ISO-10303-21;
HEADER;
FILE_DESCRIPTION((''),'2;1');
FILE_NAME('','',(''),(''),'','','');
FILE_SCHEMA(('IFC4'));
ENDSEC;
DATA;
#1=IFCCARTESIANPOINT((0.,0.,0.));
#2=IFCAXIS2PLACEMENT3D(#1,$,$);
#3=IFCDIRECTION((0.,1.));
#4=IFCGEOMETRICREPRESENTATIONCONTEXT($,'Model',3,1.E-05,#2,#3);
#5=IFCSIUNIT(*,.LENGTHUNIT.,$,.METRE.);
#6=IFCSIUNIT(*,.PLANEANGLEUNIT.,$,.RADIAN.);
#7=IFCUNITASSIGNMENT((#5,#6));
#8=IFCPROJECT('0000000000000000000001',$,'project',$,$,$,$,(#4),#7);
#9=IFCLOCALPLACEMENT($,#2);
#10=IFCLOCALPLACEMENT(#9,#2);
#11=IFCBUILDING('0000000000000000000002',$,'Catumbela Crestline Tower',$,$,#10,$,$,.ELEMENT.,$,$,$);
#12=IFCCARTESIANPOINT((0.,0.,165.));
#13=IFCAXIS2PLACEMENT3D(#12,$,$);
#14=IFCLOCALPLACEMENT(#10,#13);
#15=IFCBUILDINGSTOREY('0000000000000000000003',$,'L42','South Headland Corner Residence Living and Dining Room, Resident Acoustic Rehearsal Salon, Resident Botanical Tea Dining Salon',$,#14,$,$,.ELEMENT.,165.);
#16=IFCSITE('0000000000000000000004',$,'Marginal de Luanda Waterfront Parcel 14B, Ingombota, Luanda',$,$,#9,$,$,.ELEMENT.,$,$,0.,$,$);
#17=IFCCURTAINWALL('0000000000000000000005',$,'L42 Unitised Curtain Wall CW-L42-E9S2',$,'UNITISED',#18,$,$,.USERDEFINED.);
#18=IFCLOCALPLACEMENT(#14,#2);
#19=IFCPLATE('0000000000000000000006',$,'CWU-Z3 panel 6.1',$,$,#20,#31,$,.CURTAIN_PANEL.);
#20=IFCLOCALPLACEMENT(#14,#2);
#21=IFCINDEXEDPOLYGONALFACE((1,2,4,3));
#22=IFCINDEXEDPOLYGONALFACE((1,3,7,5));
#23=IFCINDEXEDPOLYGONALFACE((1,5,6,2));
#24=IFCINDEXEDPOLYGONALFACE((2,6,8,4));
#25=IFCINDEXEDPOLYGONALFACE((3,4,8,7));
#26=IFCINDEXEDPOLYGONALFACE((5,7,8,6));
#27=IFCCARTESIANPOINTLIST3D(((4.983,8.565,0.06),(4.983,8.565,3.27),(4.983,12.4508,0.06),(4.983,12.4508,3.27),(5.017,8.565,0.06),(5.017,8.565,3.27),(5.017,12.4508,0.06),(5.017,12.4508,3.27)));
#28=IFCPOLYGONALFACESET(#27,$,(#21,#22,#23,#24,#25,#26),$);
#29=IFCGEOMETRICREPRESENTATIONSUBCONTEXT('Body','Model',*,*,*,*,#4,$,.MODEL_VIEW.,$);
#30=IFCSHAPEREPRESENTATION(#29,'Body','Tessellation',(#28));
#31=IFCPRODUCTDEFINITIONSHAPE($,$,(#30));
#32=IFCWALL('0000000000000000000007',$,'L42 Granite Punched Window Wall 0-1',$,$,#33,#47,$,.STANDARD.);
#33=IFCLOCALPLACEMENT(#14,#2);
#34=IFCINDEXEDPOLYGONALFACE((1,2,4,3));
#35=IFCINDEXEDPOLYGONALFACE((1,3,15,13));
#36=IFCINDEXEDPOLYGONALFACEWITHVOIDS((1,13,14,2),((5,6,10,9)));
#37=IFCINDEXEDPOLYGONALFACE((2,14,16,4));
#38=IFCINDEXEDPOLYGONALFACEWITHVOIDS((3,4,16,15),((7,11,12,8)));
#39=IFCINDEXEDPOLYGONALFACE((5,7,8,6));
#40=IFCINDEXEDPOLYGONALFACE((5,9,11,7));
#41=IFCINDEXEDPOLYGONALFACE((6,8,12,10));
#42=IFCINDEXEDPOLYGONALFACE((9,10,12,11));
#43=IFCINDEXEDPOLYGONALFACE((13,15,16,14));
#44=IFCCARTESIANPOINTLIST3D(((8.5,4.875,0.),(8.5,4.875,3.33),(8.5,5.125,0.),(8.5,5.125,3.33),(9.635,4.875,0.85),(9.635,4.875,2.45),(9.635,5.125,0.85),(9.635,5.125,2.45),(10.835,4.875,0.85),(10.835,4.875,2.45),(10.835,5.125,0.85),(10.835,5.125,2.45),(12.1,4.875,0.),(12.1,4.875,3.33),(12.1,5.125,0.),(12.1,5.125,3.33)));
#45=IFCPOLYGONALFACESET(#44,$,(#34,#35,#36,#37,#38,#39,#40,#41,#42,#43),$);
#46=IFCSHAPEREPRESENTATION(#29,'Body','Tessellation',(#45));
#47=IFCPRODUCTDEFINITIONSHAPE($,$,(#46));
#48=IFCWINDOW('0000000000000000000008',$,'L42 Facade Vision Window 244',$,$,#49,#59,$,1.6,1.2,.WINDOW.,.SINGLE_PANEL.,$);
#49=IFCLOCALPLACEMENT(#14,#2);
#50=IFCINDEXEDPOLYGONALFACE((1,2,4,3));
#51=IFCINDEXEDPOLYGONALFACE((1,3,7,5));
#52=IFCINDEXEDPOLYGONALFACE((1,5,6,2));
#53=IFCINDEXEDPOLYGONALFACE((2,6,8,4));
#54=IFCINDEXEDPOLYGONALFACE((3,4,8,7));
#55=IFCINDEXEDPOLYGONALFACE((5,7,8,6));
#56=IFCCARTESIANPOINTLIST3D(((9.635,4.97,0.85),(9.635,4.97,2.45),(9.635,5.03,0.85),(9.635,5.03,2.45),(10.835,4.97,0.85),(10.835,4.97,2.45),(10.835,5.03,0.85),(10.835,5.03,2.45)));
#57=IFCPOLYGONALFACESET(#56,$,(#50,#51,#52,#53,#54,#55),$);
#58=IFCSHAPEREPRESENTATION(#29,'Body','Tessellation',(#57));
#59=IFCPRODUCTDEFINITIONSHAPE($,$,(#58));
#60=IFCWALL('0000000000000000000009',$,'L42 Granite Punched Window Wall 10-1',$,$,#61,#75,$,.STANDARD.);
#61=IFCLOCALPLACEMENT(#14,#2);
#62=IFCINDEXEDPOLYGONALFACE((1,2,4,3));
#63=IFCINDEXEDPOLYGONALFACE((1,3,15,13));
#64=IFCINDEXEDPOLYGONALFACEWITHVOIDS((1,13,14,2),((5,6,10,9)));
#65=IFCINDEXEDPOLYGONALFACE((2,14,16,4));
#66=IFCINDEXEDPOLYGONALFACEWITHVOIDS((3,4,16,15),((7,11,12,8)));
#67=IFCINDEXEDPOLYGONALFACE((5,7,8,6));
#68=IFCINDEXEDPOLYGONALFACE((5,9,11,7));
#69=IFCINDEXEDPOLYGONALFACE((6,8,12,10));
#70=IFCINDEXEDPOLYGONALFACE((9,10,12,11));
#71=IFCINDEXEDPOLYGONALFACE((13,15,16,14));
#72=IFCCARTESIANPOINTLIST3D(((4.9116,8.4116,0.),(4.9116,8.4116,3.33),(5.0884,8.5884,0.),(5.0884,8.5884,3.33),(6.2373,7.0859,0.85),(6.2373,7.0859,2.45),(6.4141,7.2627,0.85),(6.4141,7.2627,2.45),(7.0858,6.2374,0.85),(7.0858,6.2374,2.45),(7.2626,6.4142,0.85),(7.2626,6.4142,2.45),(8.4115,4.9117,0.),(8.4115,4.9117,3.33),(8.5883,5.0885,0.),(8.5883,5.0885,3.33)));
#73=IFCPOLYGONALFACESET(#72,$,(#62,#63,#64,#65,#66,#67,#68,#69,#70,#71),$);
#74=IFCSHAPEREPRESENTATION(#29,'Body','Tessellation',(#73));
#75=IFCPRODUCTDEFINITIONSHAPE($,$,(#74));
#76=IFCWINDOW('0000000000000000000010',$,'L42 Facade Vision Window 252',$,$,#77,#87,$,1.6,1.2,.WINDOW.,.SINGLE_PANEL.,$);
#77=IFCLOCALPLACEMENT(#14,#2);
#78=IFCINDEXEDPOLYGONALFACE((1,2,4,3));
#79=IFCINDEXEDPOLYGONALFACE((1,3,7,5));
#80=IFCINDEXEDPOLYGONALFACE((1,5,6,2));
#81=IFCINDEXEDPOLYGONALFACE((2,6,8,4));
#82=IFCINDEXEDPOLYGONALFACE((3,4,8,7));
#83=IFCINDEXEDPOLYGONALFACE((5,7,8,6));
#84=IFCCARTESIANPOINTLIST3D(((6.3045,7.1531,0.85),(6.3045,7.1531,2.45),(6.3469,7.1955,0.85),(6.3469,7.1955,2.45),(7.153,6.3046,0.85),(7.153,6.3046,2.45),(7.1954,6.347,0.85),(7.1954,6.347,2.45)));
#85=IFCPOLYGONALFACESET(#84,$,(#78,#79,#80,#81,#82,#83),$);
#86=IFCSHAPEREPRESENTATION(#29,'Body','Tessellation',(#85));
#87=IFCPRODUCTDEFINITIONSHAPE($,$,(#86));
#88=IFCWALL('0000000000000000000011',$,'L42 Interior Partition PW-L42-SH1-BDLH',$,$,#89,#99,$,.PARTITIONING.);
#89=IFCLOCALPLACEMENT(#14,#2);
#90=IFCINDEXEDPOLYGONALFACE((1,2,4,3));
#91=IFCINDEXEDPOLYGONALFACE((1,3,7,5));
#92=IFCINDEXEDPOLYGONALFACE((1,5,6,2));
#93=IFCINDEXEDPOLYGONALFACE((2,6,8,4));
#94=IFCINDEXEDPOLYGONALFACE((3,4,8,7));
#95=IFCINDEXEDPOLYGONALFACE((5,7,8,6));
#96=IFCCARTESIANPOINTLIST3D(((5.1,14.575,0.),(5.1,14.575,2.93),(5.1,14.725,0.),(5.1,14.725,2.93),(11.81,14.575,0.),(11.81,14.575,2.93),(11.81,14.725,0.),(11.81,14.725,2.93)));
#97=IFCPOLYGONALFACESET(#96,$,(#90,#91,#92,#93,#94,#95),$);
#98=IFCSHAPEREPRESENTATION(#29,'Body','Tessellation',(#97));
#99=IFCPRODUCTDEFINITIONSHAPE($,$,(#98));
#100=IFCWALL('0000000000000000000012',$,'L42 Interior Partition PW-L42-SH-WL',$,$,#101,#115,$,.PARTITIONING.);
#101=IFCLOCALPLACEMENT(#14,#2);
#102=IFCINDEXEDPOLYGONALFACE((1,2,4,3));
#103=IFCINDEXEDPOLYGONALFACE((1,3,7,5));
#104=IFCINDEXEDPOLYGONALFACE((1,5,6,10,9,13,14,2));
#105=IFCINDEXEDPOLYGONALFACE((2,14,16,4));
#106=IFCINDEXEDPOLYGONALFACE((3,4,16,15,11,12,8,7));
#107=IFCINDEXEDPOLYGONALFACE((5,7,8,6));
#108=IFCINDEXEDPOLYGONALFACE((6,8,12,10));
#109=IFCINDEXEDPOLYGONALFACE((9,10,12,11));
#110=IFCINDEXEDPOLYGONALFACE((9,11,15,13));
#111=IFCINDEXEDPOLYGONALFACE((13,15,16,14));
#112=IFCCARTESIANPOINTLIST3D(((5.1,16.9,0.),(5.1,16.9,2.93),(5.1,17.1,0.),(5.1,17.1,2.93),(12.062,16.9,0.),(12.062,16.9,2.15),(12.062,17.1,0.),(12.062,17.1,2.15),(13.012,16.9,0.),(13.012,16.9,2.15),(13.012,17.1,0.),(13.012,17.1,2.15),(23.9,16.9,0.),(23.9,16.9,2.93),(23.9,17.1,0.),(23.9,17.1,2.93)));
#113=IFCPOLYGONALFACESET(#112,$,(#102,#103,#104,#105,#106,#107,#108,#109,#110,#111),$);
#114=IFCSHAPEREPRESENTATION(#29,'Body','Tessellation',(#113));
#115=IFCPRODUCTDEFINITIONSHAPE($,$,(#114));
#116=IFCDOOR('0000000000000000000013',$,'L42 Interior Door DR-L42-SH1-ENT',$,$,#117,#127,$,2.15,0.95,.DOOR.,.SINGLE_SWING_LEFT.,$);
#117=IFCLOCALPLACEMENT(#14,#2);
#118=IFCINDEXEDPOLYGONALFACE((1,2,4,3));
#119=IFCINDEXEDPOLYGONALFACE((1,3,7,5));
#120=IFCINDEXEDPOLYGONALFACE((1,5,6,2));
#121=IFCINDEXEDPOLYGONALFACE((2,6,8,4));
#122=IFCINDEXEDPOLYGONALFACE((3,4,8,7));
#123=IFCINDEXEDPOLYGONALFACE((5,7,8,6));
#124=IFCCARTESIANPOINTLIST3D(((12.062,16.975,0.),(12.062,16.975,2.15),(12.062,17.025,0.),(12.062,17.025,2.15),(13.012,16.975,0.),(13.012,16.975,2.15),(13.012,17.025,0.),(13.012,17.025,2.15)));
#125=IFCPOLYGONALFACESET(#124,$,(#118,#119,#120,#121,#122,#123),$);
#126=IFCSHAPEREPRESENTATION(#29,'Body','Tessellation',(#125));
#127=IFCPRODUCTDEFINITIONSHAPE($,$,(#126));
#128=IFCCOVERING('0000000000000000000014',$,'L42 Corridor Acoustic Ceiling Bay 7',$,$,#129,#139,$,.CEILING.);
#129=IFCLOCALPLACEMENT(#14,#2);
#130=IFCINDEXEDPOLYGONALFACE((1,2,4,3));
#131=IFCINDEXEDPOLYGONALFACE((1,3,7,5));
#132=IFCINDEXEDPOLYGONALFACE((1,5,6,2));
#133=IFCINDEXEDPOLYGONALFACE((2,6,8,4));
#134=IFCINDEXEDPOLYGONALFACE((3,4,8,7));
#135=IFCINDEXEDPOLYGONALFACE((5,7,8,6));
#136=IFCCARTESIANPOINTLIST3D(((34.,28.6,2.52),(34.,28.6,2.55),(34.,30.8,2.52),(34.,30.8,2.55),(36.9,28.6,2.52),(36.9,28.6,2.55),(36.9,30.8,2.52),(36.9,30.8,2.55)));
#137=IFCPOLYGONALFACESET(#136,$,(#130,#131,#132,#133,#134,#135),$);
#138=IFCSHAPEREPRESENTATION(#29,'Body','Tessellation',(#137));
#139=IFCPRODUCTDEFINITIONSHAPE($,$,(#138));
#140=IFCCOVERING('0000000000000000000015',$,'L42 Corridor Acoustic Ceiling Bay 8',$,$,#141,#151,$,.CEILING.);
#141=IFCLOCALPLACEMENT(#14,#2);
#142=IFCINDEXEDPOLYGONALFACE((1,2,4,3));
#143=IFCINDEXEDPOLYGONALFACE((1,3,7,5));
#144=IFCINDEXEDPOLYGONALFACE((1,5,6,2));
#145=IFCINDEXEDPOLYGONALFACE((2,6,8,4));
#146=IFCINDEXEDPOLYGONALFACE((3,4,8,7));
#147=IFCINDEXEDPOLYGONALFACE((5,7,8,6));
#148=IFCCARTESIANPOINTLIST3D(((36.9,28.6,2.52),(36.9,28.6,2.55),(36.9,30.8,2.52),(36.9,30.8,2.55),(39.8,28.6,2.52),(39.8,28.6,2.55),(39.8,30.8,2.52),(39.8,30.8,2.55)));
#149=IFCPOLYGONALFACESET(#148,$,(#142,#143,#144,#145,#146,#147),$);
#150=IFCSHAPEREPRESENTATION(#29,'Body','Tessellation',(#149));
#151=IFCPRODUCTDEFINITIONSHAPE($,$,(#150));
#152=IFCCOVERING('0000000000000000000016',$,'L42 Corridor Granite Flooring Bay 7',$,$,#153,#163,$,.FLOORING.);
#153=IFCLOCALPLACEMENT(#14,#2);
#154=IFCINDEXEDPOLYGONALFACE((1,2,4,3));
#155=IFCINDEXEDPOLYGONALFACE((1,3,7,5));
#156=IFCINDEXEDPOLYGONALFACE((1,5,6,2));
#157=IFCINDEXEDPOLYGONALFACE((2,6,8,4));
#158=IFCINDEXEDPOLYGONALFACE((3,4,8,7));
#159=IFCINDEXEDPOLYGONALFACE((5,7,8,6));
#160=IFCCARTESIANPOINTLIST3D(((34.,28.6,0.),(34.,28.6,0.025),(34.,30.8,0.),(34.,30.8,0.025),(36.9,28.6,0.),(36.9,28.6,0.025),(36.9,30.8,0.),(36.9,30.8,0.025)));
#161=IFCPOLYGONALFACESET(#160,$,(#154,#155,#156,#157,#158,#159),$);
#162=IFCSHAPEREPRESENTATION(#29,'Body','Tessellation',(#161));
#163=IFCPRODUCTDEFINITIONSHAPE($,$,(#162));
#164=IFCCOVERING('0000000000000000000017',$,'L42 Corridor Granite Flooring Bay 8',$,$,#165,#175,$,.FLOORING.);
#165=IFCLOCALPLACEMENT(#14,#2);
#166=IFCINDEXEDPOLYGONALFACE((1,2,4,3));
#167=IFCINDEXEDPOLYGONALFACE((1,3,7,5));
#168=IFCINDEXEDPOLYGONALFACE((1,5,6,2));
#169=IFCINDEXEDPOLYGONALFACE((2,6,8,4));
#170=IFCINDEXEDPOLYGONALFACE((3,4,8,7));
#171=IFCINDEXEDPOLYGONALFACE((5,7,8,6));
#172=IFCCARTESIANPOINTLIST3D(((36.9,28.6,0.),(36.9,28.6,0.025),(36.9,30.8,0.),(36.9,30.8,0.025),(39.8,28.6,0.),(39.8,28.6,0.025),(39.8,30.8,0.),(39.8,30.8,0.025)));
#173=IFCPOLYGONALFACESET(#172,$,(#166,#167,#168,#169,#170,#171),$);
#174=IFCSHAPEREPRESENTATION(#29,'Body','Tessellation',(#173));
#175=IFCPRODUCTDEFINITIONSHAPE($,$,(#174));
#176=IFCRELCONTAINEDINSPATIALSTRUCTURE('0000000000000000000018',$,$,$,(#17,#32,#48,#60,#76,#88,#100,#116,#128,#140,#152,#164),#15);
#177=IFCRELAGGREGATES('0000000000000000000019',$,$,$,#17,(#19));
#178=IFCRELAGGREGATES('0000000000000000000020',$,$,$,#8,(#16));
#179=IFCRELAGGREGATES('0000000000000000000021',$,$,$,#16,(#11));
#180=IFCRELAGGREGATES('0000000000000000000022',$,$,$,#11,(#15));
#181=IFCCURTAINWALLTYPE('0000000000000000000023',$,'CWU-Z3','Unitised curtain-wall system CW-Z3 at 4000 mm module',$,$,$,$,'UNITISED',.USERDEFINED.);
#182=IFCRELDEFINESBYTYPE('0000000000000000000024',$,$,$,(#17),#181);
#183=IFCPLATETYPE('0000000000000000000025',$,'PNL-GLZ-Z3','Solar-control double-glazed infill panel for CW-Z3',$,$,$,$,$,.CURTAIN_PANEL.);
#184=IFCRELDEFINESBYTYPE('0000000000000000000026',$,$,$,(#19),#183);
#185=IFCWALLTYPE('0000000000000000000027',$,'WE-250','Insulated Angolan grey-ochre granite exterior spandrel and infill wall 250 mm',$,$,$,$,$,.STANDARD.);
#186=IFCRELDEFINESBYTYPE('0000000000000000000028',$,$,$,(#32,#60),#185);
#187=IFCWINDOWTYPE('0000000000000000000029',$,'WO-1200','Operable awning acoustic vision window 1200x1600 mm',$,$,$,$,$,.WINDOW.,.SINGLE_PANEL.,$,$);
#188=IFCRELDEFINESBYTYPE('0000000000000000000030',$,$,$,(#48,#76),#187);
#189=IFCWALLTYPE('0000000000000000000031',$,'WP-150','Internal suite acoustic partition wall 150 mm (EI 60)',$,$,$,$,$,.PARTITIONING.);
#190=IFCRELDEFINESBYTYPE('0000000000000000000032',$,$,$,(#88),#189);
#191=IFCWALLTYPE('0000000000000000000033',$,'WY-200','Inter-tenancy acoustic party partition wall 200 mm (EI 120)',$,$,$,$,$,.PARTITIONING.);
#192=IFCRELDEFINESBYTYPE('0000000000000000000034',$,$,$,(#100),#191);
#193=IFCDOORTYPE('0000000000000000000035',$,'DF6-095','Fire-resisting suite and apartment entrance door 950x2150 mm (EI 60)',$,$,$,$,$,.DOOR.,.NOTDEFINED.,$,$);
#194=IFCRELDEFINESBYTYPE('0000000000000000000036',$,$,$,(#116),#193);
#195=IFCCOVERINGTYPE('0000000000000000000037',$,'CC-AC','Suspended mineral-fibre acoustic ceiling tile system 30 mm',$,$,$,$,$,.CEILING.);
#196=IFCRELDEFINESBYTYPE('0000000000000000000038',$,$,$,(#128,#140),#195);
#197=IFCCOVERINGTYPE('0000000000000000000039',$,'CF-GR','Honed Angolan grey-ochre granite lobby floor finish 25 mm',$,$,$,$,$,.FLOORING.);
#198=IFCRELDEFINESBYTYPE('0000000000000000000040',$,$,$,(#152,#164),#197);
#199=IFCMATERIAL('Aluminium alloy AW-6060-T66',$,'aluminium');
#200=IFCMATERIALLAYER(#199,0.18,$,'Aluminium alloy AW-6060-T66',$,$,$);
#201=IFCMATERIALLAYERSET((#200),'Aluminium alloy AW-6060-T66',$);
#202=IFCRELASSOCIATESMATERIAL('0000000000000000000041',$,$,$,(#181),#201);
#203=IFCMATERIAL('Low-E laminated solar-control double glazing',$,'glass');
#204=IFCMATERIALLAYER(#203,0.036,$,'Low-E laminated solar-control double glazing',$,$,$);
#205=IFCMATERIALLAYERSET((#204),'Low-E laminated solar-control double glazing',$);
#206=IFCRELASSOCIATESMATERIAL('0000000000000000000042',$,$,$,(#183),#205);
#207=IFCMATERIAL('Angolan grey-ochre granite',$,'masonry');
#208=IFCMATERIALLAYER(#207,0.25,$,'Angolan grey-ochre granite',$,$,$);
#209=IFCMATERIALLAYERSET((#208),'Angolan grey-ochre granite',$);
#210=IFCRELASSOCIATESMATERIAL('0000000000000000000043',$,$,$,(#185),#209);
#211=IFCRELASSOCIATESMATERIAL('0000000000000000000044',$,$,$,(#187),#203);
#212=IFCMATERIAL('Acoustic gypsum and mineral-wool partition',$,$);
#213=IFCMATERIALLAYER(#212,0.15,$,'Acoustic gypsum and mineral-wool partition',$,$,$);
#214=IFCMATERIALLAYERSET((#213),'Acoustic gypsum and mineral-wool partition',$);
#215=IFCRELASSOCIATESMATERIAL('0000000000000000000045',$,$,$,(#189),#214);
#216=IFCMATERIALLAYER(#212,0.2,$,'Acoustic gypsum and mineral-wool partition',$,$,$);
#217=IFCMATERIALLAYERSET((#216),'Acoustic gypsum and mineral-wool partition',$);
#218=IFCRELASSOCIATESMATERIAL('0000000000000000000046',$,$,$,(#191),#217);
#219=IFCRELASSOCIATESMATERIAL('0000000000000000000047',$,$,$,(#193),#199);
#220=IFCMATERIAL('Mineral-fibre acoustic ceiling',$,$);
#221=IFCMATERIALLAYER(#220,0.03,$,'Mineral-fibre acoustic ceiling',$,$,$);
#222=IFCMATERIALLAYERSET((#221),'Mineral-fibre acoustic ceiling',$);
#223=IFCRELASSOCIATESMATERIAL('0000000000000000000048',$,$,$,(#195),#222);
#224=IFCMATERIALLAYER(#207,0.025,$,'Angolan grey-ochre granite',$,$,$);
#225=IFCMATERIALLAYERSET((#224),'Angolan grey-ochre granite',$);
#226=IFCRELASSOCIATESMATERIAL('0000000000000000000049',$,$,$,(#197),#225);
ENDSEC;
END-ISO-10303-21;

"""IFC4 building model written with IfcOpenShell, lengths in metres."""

from ifc_helpers import new_model, si_unit, direction, frame, frame_2d, origin, origin_2d, place, context, subcontext, project, spatial, polyline, rectangle, outline, extrude, material, layer, layer_set, type_object, element, fill, aggregate, save


model = new_model("IFC4")

# Units and contexts
model_context = context("Model", 3, precision=1e-05, world=origin(), true_north=direction((0.0, 1.0)))
body_context = subcontext(model_context, "Body", "Model", "MODEL_VIEW")
ifc_project = project(units=[si_unit("LENGTHUNIT", "METRE"), si_unit("PLANEANGLEUNIT", "RADIAN")], contexts=[model_context])

# Site, building, storey
site_placement = place(None, origin())
site = spatial("IfcSite", under=ifc_project, at=site_placement, Name="Marginal de Luanda Waterfront Parcel 14B, Ingombota, Luanda", CompositionType="ELEMENT", RefElevation=0.0)
building_placement = place(site_placement, origin())
building = spatial("IfcBuilding", under=site, at=building_placement, Name="Catumbela Crestline Tower", CompositionType="ELEMENT")
storey_placement = place(building_placement, frame((0.0, 0.0, 165.0)))
storey = spatial("IfcBuildingStorey", under=building, at=storey_placement, Name="L42", Description="South Headland Corner Residence Living and Dining Room, Resident Acoustic Rehearsal Salon, Resident Botanical Tea Dining Salon", CompositionType="ELEMENT", Elevation=165.0)

# Curtain wall, plate
ifc_material_1 = material(Name="Aluminium alloy AW-6060-T66", Category="aluminium")
ifc_layer_1 = layer(ifc_material_1, 0.18, Name="Aluminium alloy AW-6060-T66")
ifc_layer_set_1 = layer_set([ifc_layer_1], Name="Aluminium alloy AW-6060-T66")
curtain_wall_type = type_object("IfcCurtainWallType", Name="CWU-Z3", Description="Unitised curtain-wall system CW-Z3 at 4000 mm module", ElementType="UNITISED", PredefinedType="USERDEFINED", material=ifc_layer_set_1)
curtain_wall_placement = place(storey_placement, origin())
curtain_wall = element("IfcCurtainWall", 1, at=curtain_wall_placement, inside=storey, type_object=curtain_wall_type, Name="L42 Unitised Curtain Wall CW-L42-E9S2", ObjectType="UNITISED", PredefinedType="USERDEFINED")
ifc_material_2 = material(Name="Low-E laminated solar-control double glazing", Category="glass")
ifc_layer_2 = layer(ifc_material_2, 0.036, Name="Low-E laminated solar-control double glazing")
ifc_layer_set_2 = layer_set([ifc_layer_2], Name="Low-E laminated solar-control double glazing")
plate_type = type_object("IfcPlateType", Name="PNL-GLZ-Z3", Description="Solar-control double-glazed infill panel for CW-Z3", PredefinedType="CURTAIN_PANEL", material=ifc_layer_set_2)
plate_1_placement = place(storey_placement, frame((5.0, 10.5079, 0.06), z_axis=(0.0, 0.0, 1.0), x_axis=(0.0, -1.0, 0.0)))
plate_1 = element("IfcPlate", 2, at=plate_1_placement, type_object=plate_type, Name="CWU-Z3 panel 6.1", PredefinedType="CURTAIN_PANEL", context=body_context, shape_type="SweptSolid", body=[
    extrude(rectangle(XDim=3.8858, YDim=0.034, at=origin_2d()), origin(), (0.0, 0.0, 1.0), 3.21),
])
aggregate(curtain_wall, [plate_1])

# Walls, openings, windows
ifc_material_3 = material(Name="Angolan grey-ochre granite", Category="masonry")
ifc_layer_3 = layer(ifc_material_3, 0.25, Name="Angolan grey-ochre granite")
ifc_layer_set_3 = layer_set([ifc_layer_3], Name="Angolan grey-ochre granite")
wall_type_1 = type_object("IfcWallType", Name="WE-250", Description="Insulated Angolan grey-ochre granite exterior spandrel and infill wall 250 mm", PredefinedType="STANDARD", material=ifc_layer_set_3)
wall_1_placement = place(storey_placement, frame((8.5, 5.0, 0.0), z_axis=(0.0, 0.0, 1.0), x_axis=(1.0, 0.0, 0.0)))
wall_1 = element("IfcWall", 3, at=wall_1_placement, inside=storey, type_object=wall_type_1, Name="L42 Granite Punched Window Wall 0-1", PredefinedType="STANDARD", context=body_context, shape_type="SweptSolid", body=[
    extrude(rectangle(XDim=3.6, YDim=0.25, at=frame_2d((1.8, 0.0))), origin(), (0.0, 0.0, 1.0), 3.33),
])
opening_1_placement = place(wall_1_placement, frame((1.135, 0.0, 0.85)))
opening_1 = element("IfcOpeningElement", 4, at=opening_1_placement, cuts=wall_1, PredefinedType="OPENING", context=body_context, shape_type="SweptSolid", body=[
    extrude(rectangle(XDim=1.2, YDim=1.6, at=frame_2d((0.6, 0.8))), frame((0.0, 0.135, 0.0), z_axis=(0.0, -1.0, 0.0), x_axis=(1.0, 0.0, 0.0)), (0.0, 0.0, 1.0), 0.27),
])
window_type = type_object("IfcWindowType", Name="WO-1200", Description="Operable awning acoustic vision window 1200x1600 mm", PartitioningType="SINGLE_PANEL", PredefinedType="WINDOW", material=ifc_material_2)
window_1_placement = place(opening_1_placement, origin())
window_1 = element("IfcWindow", 5, at=window_1_placement, inside=storey, type_object=window_type, Name="L42 Facade Vision Window 244", OverallHeight=1.6, OverallWidth=1.2, PartitioningType="SINGLE_PANEL", PredefinedType="WINDOW", context=body_context, shape_type="SweptSolid", body=[
    extrude(rectangle(XDim=1.2, YDim=1.6, at=frame_2d((0.6, 0.8))), frame((0.0, 0.03, 0.0), z_axis=(0.0, -1.0, 0.0), x_axis=(1.0, 0.0, 0.0)), (0.0, 0.0, 1.0), 0.06),
])
fill(opening_1, window_1)
wall_2_placement = place(storey_placement, frame((5.0, 8.5, 0.0), z_axis=(0.0, 0.0, 1.0), x_axis=(0.707107, -0.707107, 0.0)))
wall_2 = element("IfcWall", 6, at=wall_2_placement, inside=storey, type_object=wall_type_1, Name="L42 Granite Punched Window Wall 10-1", PredefinedType="STANDARD", context=body_context, shape_type="SweptSolid", body=[
    extrude(rectangle(XDim=4.9497, YDim=0.25, at=frame_2d((2.4748, 0.0))), origin(), (0.0, 0.0, 1.0), 3.33),
])
opening_2_placement = place(wall_2_placement, frame((1.8748, 0.0, 0.85)))
opening_2 = element("IfcOpeningElement", 7, at=opening_2_placement, cuts=wall_2, PredefinedType="OPENING", context=body_context, shape_type="SweptSolid", body=[
    extrude(rectangle(XDim=1.2, YDim=1.6, at=frame_2d((0.6, 0.8))), frame((0.0, 0.135, 0.0), z_axis=(0.0, -1.0, 0.0), x_axis=(1.0, 0.0, 0.0)), (0.0, 0.0, 1.0), 0.27),
])
window_2_placement = place(opening_2_placement, origin())
window_2 = element("IfcWindow", 8, at=window_2_placement, inside=storey, type_object=window_type, Name="L42 Facade Vision Window 252", OverallHeight=1.6, OverallWidth=1.2, PartitioningType="SINGLE_PANEL", PredefinedType="WINDOW", context=body_context, shape_type="SweptSolid", body=[
    extrude(rectangle(XDim=1.2, YDim=1.6, at=frame_2d((0.6, 0.8))), frame((0.0, 0.03, 0.0), z_axis=(0.0, -1.0, 0.0), x_axis=(1.0, 0.0, 0.0)), (0.0, 0.0, 1.0), 0.06),
])
fill(opening_2, window_2)

# Wall
ifc_material_4 = material(Name="Acoustic gypsum and mineral-wool partition")
ifc_layer_4 = layer(ifc_material_4, 0.15, Name="Acoustic gypsum and mineral-wool partition")
ifc_layer_set_4 = layer_set([ifc_layer_4], Name="Acoustic gypsum and mineral-wool partition")
wall_type_2 = type_object("IfcWallType", Name="WP-150", Description="Internal suite acoustic partition wall 150 mm (EI 60)", PredefinedType="PARTITIONING", material=ifc_layer_set_4)
wall_3_placement = place(storey_placement, frame((5.1, 14.65, 0.0), z_axis=(0.0, 0.0, 1.0), x_axis=(1.0, 0.0, 0.0)))
element("IfcWall", 9, at=wall_3_placement, inside=storey, type_object=wall_type_2, Name="L42 Interior Partition PW-L42-SH1-BDLH", PredefinedType="PARTITIONING", context=body_context, shape_type="SweptSolid", body=[
    extrude(rectangle(XDim=6.71, YDim=0.15, at=frame_2d((3.355, 0.0))), origin(), (0.0, 0.0, 1.0), 2.93),
])

# Wall, opening, door
ifc_layer_5 = layer(ifc_material_4, 0.2, Name="Acoustic gypsum and mineral-wool partition")
ifc_layer_set_5 = layer_set([ifc_layer_5], Name="Acoustic gypsum and mineral-wool partition")
wall_type_3 = type_object("IfcWallType", Name="WY-200", Description="Inter-tenancy acoustic party partition wall 200 mm (EI 120)", PredefinedType="PARTITIONING", material=ifc_layer_set_5)
wall_4_placement = place(storey_placement, frame((5.1, 17.0, 0.0), z_axis=(0.0, 0.0, 1.0), x_axis=(1.0, 0.0, 0.0)))
wall_4 = element("IfcWall", 10, at=wall_4_placement, inside=storey, type_object=wall_type_3, Name="L42 Interior Partition PW-L42-SH-WL", PredefinedType="PARTITIONING", context=body_context, shape_type="SweptSolid", body=[
    extrude(rectangle(XDim=18.8, YDim=0.2, at=frame_2d((9.4, 0.0))), origin(), (0.0, 0.0, 1.0), 2.93),
])
opening_3_placement = place(wall_4_placement, frame((6.962, 0.0, 0.0)))
opening_3 = element("IfcOpeningElement", 11, at=opening_3_placement, cuts=wall_4, PredefinedType="OPENING", context=body_context, shape_type="SweptSolid", body=[
    extrude(rectangle(XDim=0.95, YDim=2.15, at=frame_2d((0.475, 1.075))), frame((0.0, 0.11, 0.0), z_axis=(0.0, -1.0, 0.0), x_axis=(1.0, 0.0, 0.0)), (0.0, 0.0, 1.0), 0.22),
])
door_type = type_object("IfcDoorType", Name="DF6-095", Description="Fire-resisting suite and apartment entrance door 950x2150 mm (EI 60)", OperationType="NOTDEFINED", PredefinedType="DOOR", material=ifc_material_1)
door_placement = place(opening_3_placement, origin())
door = element("IfcDoor", 12, at=door_placement, inside=storey, type_object=door_type, Name="L42 Interior Door DR-L42-SH1-ENT", OperationType="SINGLE_SWING_LEFT", OverallHeight=2.15, OverallWidth=0.95, PredefinedType="DOOR", context=body_context, shape_type="SweptSolid", body=[
    extrude(rectangle(XDim=0.95, YDim=2.15, at=frame_2d((0.475, 1.075))), frame((0.0, 0.025, 0.0), z_axis=(0.0, -1.0, 0.0), x_axis=(1.0, 0.0, 0.0)), (0.0, 0.0, 1.0), 0.05),
])
fill(opening_3, door)

# Coverings
ifc_material_5 = material(Name="Mineral-fibre acoustic ceiling")
ifc_layer_6 = layer(ifc_material_5, 0.03, Name="Mineral-fibre acoustic ceiling")
ifc_layer_set_6 = layer_set([ifc_layer_6], Name="Mineral-fibre acoustic ceiling")
covering_type_1 = type_object("IfcCoveringType", Name="CC-AC", Description="Suspended mineral-fibre acoustic ceiling tile system 30 mm", PredefinedType="CEILING", material=ifc_layer_set_6)
covering_1_placement = place(storey_placement, frame((0.0, 0.0, 2.52)))
element("IfcCovering", 13, at=covering_1_placement, inside=storey, type_object=covering_type_1, Name="L42 Corridor Acoustic Ceiling Bay 7", PredefinedType="CEILING", context=body_context, shape_type="SweptSolid", body=[
    extrude(outline(polyline([(34.0, 28.6), (36.9, 28.6), (36.9, 30.8), (34.0, 30.8), (34.0, 28.6)])), origin(), (0.0, 0.0, 1.0), 0.03),
])
covering_2_placement = place(storey_placement, frame((0.0, 0.0, 2.52)))
element("IfcCovering", 14, at=covering_2_placement, inside=storey, type_object=covering_type_1, Name="L42 Corridor Acoustic Ceiling Bay 8", PredefinedType="CEILING", context=body_context, shape_type="SweptSolid", body=[
    extrude(outline(polyline([(36.9, 28.6), (39.8, 28.6), (39.8, 30.8), (36.9, 30.8), (36.9, 28.6)])), origin(), (0.0, 0.0, 1.0), 0.03),
])
ifc_layer_7 = layer(ifc_material_3, 0.025, Name="Angolan grey-ochre granite")
ifc_layer_set_7 = layer_set([ifc_layer_7], Name="Angolan grey-ochre granite")
covering_type_2 = type_object("IfcCoveringType", Name="CF-GR", Description="Honed Angolan grey-ochre granite lobby floor finish 25 mm", PredefinedType="FLOORING", material=ifc_layer_set_7)
covering_3_placement = place(storey_placement, origin())
element("IfcCovering", 15, at=covering_3_placement, inside=storey, type_object=covering_type_2, Name="L42 Corridor Granite Flooring Bay 7", PredefinedType="FLOORING", context=body_context, shape_type="SweptSolid", body=[
    extrude(outline(polyline([(34.0, 28.6), (36.9, 28.6), (36.9, 30.8), (34.0, 30.8), (34.0, 28.6)])), origin(), (0.0, 0.0, 1.0), 0.025),
])
covering_4_placement = place(storey_placement, origin())
element("IfcCovering", 16, at=covering_4_placement, inside=storey, type_object=covering_type_2, Name="L42 Corridor Granite Flooring Bay 8", PredefinedType="FLOORING", context=body_context, shape_type="SweptSolid", body=[
    extrude(outline(polyline([(36.9, 28.6), (39.8, 28.6), (39.8, 30.8), (36.9, 30.8), (36.9, 28.6)])), origin(), (0.0, 0.0, 1.0), 0.025),
])

save(model, "model.ifc")
